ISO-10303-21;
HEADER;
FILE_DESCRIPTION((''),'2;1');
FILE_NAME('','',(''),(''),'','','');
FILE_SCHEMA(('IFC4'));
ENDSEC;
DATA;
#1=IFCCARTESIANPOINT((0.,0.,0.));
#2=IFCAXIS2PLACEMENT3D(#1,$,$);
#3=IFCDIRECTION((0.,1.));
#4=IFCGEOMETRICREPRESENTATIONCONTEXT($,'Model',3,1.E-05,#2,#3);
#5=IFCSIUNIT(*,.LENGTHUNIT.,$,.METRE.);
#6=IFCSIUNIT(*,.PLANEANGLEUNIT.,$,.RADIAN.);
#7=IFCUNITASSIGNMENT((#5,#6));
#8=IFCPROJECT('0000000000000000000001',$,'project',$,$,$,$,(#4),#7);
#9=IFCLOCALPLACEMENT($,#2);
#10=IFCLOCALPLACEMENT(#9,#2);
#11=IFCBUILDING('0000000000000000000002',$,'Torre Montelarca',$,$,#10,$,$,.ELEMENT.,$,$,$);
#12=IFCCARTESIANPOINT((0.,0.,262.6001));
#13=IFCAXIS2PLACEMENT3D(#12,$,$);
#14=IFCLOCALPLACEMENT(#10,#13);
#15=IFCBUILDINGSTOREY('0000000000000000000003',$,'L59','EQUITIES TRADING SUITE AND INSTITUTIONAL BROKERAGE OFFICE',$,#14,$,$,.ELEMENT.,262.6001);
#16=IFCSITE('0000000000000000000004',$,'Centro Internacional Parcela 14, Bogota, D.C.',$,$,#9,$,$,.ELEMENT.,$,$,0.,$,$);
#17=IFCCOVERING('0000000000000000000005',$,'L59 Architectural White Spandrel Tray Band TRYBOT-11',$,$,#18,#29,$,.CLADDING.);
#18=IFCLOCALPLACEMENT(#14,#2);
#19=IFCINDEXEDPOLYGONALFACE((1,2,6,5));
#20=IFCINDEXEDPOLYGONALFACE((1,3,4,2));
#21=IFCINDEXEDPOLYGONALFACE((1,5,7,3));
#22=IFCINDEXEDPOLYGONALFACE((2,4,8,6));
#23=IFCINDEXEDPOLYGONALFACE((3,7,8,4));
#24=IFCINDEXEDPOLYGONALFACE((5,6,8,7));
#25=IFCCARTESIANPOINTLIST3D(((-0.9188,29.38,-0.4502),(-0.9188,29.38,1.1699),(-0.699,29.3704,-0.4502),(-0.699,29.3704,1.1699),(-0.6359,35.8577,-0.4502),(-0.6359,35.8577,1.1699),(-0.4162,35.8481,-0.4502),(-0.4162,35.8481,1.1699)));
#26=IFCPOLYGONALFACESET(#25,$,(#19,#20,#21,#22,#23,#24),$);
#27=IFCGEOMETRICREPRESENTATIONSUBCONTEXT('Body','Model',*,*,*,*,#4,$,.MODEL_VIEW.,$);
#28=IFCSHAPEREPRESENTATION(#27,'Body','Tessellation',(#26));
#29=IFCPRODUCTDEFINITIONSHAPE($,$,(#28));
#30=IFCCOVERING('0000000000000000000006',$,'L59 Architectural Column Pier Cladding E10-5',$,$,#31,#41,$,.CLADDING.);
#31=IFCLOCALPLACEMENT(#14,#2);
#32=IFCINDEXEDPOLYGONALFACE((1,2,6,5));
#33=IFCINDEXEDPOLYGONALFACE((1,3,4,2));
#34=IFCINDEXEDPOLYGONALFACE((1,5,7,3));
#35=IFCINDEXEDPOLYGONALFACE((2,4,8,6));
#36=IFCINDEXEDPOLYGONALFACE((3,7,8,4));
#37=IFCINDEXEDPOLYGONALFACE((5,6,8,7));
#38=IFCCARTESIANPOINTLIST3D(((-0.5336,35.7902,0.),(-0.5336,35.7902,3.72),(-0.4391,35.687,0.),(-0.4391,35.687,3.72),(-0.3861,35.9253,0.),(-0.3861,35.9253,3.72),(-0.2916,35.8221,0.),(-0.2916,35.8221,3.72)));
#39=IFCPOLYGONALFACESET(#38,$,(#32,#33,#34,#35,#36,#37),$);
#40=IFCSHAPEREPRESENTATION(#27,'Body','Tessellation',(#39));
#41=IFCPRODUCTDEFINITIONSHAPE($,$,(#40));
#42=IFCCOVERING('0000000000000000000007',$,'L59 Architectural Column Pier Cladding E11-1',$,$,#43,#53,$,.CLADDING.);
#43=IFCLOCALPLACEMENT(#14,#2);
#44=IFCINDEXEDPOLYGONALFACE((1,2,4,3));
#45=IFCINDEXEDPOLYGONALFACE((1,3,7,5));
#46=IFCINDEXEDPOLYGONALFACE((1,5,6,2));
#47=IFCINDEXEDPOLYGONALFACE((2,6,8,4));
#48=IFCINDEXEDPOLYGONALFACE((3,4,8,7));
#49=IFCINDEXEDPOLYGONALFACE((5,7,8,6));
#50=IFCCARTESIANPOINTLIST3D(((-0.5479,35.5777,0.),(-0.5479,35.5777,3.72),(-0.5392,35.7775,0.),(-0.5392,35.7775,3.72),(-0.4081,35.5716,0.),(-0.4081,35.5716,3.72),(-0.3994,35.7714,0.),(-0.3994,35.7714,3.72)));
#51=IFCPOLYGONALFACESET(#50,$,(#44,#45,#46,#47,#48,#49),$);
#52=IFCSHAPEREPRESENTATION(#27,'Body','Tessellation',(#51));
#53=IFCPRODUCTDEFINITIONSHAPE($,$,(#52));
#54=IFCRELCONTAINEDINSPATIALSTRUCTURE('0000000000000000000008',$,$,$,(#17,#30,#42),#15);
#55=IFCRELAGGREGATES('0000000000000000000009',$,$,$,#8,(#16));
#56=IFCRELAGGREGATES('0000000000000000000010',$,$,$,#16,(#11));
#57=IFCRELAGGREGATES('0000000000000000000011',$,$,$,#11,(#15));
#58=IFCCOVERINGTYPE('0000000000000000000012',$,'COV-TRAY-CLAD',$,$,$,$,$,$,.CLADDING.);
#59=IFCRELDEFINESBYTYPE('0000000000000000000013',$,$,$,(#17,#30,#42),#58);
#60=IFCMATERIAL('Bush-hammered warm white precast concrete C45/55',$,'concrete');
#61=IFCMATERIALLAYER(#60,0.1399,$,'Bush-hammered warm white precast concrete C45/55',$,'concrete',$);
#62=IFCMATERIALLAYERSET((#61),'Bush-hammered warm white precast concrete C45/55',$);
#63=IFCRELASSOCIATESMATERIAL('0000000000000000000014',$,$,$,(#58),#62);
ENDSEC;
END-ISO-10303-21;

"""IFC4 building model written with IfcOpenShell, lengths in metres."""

from ifc_helpers import new_model, si_unit, direction, frame, origin, origin_2d, place, context, subcontext, project, spatial, rectangle, extrude, source, transform, mapped, material, layer, layer_set, type_object, element, save


model = new_model("IFC4")

# Units and contexts
model_context = context("Model", 3, precision=1e-05, world=origin(), true_north=direction((0.0, 1.0)))
body_context = subcontext(model_context, "Body", "Model", "MODEL_VIEW")
ifc_project = project(units=[si_unit("LENGTHUNIT", "METRE"), si_unit("PLANEANGLEUNIT", "RADIAN")], contexts=[model_context])

# Site, building, storey
site_placement = place(None, origin())
site = spatial("IfcSite", under=ifc_project, at=site_placement, Name="Centro Internacional Parcela 14, Bogota, D.C.", CompositionType="ELEMENT", RefElevation=0.0)
building_placement = place(site_placement, origin())
building = spatial("IfcBuilding", under=site, at=building_placement, Name="Torre Montelarca", CompositionType="ELEMENT")
storey_placement = place(building_placement, frame((0.0, 0.0, 262.6001)))
storey = spatial("IfcBuildingStorey", under=building, at=storey_placement, Name="L59", Description="EQUITIES TRADING SUITE AND INSTITUTIONAL BROKERAGE OFFICE", CompositionType="ELEMENT", Elevation=262.6001)

# Coverings
ifc_material_1 = material(Name="Bush-hammered warm white precast concrete C45/55", Category="concrete")
ifc_layer_1 = layer(ifc_material_1, 0.1399, Name="Bush-hammered warm white precast concrete C45/55", Category="concrete")
ifc_layer_set_1 = layer_set([ifc_layer_1], Name="Bush-hammered warm white precast concrete C45/55")
covering_type = type_object("IfcCoveringType", Name="COV-TRAY-CLAD", PredefinedType="CLADDING", material=ifc_layer_set_1)
shared_shape_1 = source(origin(), body_context, "Body", "SweptSolid", [
    extrude(rectangle(XDim=6.4839, YDim=0.22, at=origin_2d()), origin(), (0.0, 0.0, 1.0), 1.6201),
])
covering_placement = place(storey_placement, frame((-0.6675, 32.614, -0.4502), z_axis=(0.0, 0.0, 1.0), x_axis=(-0.043621, -0.999048, 0.0)))
element("IfcCovering", 1, at=covering_placement, inside=storey, type_object=covering_type, Name="L59 Architectural White Spandrel Tray Band TRYBOT-11", PredefinedType="CLADDING", context=body_context, shape_type="MappedRepresentation", body=[
    mapped(shared_shape_1, transform((0.0, 0.0, 0.0), scale=1.0)),
])
shared_shape_2 = source(origin(), body_context, "Body", "SweptSolid", [
    extrude(rectangle(XDim=0.2, YDim=0.1399, at=origin_2d()), origin(), (0.0, 0.0, 1.0), 3.72),
])
for number, where, z_axis, x_axis, name in (
    (2, (-0.4126, 35.8062, 0.0), (0.0, 0.0, 1.0), (-0.737276, -0.675591, 0.0), "L59 Architectural Column Pier Cladding E10-5"),
    (3, (-0.4736, 35.6746, 0.0), (0.0, 0.0, 1.0), (-0.043628, -0.999048, 0.0), "L59 Architectural Column Pier Cladding E11-1"),
):
    element("IfcCovering", number, at=place(storey_placement, frame(where, z_axis=z_axis, x_axis=x_axis)), inside=storey, type_object=covering_type, Name=name, PredefinedType="CLADDING", context=body_context, shape_type="MappedRepresentation", body=[
        mapped(shared_shape_2, transform((0.0, 0.0, 0.0), scale=1.0)),
    ])

save(model, "model.ifc")
